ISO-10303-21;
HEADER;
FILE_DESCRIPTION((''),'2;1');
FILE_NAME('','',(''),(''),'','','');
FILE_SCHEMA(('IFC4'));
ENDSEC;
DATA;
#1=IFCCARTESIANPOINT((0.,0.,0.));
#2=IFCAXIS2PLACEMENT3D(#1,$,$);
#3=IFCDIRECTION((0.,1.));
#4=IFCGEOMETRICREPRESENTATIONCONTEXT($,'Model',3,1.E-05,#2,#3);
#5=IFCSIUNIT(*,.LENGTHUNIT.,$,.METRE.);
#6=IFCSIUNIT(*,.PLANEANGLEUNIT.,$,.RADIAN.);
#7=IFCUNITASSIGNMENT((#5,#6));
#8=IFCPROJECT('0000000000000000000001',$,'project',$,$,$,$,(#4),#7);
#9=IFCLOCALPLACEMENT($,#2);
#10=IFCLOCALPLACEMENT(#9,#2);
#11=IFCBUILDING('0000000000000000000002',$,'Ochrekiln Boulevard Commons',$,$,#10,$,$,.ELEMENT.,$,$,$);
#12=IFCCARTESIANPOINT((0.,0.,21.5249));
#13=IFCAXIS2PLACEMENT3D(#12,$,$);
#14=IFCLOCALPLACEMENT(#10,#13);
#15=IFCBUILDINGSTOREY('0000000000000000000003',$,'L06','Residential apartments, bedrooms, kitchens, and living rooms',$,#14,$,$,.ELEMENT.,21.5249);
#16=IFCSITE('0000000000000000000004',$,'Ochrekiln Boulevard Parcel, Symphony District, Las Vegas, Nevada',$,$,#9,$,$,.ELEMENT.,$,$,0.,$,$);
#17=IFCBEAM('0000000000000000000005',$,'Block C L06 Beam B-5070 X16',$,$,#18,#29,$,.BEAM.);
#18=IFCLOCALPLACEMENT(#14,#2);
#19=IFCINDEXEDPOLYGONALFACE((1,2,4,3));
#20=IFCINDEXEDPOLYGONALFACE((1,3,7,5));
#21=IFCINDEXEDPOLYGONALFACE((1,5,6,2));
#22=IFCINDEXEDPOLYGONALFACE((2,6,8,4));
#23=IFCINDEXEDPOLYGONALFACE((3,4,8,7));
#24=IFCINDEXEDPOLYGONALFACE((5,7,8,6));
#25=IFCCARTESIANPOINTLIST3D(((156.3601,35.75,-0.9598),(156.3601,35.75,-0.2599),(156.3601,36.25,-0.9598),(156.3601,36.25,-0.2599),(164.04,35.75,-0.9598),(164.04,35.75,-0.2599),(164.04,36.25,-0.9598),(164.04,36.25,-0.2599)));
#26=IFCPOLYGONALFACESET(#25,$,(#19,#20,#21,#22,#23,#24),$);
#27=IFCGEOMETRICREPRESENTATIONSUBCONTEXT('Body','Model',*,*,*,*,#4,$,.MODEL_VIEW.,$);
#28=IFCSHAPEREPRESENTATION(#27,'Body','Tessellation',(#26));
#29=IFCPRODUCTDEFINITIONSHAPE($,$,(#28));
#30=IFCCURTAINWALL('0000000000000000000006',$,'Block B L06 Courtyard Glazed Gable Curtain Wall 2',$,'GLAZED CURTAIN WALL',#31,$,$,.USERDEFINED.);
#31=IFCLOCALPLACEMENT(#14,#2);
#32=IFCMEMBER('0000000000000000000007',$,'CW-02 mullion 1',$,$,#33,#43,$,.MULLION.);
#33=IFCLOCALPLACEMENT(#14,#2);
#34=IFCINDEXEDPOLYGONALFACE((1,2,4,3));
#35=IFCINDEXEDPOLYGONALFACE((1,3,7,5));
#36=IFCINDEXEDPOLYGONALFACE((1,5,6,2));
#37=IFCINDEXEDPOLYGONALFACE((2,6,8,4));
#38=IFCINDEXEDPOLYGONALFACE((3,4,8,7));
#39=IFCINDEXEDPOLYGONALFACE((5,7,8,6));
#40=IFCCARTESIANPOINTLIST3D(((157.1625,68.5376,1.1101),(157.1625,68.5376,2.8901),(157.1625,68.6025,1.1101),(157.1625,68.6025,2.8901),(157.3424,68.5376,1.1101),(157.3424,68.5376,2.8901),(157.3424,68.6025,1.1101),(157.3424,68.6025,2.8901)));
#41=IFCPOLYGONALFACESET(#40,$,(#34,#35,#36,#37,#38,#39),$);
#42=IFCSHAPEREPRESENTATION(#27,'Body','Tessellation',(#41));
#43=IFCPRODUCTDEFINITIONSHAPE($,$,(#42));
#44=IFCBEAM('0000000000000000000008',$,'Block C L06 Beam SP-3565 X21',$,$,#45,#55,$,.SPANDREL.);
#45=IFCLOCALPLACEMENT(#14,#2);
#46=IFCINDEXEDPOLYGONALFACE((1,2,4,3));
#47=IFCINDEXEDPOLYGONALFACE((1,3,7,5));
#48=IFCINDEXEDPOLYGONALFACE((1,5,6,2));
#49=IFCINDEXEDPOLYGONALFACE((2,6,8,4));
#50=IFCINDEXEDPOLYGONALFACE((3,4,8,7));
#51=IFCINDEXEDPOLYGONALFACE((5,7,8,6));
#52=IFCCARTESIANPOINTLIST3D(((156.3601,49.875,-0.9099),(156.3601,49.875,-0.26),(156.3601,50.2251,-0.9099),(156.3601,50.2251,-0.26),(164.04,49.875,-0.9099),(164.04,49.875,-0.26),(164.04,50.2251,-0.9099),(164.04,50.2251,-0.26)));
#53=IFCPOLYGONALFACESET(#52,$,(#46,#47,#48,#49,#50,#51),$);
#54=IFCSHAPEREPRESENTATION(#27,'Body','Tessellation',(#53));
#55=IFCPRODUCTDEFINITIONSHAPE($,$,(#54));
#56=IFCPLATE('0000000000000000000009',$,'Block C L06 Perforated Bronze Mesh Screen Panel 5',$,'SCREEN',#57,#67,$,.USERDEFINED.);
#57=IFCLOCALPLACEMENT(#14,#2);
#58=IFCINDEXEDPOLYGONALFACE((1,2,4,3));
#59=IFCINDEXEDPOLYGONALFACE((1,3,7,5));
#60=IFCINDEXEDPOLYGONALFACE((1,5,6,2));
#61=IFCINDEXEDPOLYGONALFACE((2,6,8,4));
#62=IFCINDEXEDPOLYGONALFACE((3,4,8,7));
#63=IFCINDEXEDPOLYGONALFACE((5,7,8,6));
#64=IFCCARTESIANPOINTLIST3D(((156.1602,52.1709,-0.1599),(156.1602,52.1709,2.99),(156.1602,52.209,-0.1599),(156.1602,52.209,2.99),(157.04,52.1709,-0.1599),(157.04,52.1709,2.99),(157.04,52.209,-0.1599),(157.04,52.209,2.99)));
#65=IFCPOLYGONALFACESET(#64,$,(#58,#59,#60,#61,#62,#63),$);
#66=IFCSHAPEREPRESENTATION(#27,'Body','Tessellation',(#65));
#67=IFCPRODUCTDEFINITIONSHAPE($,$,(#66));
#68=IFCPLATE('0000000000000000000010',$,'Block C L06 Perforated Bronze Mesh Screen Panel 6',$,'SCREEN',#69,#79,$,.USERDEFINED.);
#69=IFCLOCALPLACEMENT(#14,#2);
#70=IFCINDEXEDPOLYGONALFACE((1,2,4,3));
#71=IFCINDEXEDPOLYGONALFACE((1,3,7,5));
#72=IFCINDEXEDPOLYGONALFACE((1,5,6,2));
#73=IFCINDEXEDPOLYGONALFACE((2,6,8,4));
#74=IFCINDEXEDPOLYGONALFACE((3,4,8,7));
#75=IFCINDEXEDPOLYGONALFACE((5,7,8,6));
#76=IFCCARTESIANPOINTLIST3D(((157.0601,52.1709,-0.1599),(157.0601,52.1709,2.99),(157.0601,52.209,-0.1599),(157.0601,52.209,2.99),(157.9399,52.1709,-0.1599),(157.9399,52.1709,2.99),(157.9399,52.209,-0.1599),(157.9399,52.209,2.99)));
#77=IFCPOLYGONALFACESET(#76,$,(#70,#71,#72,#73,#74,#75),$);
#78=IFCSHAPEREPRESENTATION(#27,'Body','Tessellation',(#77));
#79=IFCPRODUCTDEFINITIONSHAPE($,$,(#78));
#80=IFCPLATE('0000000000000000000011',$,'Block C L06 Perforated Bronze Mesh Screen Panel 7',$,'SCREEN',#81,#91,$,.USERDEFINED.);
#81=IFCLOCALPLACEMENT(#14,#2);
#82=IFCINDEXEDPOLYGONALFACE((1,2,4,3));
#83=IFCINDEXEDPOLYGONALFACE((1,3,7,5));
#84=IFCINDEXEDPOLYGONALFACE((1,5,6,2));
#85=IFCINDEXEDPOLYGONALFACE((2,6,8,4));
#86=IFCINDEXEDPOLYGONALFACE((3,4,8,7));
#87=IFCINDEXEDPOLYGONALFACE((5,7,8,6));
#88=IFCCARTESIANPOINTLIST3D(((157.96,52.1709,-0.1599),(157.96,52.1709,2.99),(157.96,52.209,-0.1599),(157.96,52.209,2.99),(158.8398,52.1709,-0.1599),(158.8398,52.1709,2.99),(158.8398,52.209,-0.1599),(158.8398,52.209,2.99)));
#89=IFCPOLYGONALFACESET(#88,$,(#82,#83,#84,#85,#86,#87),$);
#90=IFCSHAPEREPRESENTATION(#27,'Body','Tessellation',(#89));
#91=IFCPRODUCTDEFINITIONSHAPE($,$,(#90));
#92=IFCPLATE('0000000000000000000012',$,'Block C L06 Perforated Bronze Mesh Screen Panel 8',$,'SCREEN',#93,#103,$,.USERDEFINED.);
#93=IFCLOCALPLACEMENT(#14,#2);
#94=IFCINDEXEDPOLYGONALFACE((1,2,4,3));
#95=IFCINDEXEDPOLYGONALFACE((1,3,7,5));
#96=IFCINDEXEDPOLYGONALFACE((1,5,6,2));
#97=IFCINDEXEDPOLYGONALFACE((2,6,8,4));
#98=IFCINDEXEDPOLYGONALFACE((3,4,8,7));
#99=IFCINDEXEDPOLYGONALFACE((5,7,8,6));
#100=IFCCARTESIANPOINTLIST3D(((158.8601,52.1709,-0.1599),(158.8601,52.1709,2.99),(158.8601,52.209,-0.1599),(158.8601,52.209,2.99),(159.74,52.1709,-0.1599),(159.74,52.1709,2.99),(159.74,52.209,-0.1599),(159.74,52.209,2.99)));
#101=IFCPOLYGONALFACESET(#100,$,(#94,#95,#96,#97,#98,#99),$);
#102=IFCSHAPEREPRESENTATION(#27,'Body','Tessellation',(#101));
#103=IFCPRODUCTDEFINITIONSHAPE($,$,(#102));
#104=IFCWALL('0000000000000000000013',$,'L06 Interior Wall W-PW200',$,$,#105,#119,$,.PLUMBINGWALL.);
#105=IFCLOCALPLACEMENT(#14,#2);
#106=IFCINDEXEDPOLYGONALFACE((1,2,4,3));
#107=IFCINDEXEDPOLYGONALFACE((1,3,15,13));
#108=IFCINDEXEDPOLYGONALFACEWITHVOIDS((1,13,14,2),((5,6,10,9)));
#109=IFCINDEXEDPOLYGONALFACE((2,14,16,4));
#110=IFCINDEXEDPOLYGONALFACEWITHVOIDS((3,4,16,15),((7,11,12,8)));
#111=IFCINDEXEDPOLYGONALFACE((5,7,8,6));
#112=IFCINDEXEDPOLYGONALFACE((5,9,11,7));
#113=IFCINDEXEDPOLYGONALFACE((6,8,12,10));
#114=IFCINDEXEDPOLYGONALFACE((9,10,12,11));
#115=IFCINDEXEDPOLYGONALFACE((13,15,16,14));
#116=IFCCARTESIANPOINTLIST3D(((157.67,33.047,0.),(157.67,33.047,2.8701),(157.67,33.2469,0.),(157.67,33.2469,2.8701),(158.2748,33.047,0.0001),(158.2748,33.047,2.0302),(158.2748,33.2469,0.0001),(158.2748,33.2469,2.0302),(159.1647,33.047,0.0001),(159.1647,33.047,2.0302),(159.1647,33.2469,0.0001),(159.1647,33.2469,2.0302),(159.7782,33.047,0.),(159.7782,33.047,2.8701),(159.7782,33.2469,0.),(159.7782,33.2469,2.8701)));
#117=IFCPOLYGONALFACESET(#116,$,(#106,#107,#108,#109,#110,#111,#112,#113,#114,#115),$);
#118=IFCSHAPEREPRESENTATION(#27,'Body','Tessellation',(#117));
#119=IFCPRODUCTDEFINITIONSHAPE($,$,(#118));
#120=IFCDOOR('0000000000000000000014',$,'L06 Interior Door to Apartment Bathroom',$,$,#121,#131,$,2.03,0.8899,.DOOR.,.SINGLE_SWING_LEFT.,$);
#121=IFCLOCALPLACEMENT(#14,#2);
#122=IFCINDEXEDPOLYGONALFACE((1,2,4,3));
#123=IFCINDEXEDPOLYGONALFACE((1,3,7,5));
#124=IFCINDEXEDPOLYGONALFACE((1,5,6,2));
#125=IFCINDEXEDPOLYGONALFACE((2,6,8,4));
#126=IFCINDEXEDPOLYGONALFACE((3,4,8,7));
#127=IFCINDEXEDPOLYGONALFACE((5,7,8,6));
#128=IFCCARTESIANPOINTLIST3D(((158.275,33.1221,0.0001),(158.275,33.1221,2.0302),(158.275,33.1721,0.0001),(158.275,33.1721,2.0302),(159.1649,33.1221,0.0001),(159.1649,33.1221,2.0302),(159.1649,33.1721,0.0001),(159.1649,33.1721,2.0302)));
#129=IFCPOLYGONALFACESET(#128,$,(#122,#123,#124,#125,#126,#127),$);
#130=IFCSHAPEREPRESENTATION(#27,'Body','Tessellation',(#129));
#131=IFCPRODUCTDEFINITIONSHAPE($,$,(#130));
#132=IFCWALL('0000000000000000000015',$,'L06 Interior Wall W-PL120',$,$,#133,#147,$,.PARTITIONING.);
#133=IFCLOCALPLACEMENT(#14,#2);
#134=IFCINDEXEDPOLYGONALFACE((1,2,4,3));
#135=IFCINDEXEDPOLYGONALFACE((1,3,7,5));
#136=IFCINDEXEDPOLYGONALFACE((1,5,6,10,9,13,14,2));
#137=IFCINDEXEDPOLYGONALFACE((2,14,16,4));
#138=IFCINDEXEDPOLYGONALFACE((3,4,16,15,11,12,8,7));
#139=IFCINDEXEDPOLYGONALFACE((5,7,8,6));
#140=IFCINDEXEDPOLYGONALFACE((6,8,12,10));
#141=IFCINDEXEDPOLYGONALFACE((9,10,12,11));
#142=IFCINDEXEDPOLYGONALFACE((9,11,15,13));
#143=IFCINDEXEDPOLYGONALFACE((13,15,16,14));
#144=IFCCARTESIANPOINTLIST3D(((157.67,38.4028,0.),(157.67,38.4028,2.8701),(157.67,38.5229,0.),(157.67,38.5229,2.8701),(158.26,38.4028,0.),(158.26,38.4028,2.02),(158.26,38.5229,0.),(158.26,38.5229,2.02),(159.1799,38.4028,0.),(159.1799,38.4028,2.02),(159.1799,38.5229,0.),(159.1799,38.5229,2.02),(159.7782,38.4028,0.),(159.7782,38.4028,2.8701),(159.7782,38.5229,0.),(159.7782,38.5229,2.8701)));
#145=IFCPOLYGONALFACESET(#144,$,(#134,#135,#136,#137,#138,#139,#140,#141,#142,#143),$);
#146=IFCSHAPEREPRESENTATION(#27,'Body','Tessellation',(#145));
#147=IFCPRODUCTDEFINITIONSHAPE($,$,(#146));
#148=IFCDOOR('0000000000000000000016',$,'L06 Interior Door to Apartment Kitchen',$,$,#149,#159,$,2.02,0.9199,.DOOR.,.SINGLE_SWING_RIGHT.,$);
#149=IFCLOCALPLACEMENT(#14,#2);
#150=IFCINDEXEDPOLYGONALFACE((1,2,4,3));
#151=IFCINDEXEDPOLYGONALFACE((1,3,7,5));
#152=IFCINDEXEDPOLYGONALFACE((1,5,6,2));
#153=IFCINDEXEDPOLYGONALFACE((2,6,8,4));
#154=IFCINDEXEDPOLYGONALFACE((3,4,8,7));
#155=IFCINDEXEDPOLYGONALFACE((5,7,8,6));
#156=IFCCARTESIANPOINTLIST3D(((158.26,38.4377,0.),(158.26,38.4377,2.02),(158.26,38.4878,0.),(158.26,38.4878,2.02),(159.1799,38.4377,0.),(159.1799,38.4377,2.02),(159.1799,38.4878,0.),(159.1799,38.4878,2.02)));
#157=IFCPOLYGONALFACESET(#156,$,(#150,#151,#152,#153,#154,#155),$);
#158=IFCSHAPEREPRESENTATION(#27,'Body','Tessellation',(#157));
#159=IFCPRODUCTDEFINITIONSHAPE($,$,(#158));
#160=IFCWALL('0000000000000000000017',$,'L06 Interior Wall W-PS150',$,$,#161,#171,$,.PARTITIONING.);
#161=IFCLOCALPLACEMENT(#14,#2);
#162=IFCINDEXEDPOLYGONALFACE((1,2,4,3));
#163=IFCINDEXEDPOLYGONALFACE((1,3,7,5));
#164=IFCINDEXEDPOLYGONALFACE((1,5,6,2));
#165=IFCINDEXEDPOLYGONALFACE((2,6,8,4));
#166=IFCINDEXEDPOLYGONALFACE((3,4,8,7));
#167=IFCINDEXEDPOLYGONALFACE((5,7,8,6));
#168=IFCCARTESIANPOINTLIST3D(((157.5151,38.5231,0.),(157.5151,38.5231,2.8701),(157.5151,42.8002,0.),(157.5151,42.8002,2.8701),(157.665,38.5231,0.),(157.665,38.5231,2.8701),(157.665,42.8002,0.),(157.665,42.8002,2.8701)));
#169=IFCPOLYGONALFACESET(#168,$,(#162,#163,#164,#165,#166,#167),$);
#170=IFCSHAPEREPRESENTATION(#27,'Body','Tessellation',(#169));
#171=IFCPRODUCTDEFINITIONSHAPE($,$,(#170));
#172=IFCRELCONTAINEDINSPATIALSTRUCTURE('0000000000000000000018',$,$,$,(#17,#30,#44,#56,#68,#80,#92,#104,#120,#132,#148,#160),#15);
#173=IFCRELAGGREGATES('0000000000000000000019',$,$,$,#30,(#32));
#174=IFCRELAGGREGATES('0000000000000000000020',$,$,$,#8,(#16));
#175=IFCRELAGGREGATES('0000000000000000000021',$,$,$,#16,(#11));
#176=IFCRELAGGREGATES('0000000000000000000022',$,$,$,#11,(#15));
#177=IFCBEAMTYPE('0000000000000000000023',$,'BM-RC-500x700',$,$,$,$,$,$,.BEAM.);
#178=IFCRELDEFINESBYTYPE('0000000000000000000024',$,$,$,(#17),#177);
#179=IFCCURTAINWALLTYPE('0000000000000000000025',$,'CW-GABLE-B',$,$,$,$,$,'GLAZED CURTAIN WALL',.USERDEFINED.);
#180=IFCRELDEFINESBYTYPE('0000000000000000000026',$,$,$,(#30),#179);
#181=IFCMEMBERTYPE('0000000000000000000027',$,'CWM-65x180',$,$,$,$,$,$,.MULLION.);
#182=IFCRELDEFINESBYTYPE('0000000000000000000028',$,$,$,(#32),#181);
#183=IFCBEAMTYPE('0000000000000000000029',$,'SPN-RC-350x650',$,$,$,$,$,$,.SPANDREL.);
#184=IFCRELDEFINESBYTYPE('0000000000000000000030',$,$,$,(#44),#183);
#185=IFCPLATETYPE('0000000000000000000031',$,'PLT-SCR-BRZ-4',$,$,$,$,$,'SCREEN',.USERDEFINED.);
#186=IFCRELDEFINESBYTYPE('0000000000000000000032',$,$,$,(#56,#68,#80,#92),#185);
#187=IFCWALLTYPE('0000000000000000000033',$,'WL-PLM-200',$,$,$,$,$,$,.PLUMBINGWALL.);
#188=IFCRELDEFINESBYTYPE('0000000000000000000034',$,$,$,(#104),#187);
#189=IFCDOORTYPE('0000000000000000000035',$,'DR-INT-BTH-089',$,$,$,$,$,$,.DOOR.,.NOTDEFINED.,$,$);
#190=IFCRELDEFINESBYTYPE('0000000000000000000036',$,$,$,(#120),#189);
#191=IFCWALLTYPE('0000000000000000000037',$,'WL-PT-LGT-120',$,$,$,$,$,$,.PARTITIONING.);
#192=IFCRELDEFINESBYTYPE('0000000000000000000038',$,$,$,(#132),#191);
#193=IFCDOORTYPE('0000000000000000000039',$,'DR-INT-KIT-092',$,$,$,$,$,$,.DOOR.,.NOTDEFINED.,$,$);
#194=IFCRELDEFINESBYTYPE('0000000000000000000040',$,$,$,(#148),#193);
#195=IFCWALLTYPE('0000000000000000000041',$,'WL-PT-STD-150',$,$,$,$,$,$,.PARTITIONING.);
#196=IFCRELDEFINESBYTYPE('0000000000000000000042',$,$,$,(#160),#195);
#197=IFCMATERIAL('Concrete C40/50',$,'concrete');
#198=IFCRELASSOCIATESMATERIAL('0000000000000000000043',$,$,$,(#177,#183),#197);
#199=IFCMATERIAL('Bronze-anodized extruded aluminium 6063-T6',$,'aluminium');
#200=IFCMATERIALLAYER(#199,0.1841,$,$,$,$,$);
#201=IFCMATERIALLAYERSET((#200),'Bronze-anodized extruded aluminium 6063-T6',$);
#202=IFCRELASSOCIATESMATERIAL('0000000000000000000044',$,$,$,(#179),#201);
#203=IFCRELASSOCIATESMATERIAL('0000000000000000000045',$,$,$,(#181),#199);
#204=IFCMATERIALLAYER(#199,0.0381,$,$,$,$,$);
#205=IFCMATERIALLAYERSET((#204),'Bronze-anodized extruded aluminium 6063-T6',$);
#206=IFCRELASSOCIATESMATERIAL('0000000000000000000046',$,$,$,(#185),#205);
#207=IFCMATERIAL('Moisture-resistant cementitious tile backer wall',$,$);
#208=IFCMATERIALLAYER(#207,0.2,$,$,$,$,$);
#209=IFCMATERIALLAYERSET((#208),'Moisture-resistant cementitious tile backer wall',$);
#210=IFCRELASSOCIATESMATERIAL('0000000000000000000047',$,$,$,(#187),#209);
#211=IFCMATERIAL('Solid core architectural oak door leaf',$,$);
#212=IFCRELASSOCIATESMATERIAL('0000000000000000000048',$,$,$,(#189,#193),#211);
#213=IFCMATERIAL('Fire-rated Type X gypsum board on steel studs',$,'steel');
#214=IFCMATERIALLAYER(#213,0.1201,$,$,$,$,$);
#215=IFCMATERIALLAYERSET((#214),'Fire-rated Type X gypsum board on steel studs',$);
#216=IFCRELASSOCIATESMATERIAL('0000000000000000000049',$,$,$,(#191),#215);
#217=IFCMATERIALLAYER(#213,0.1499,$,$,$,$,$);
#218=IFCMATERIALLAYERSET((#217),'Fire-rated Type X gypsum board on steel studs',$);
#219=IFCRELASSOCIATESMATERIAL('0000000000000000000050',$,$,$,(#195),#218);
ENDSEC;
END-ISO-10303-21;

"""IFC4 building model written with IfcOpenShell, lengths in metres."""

from ifc_helpers import new_model, si_unit, direction, frame, frame_2d, origin, origin_2d, place, context, subcontext, project, spatial, rectangle, extrude, material, layer, layer_set, material_profile, profile_set, type_object, element, fill, aggregate, save


model = new_model("IFC4")

# Units and contexts
model_context = context("Model", 3, precision=1e-05, world=origin(), true_north=direction((0.0, 1.0)))
body_context = subcontext(model_context, "Body", "Model", "MODEL_VIEW")
ifc_project = project(units=[si_unit("LENGTHUNIT", "METRE"), si_unit("PLANEANGLEUNIT", "RADIAN")], contexts=[model_context])

# Site, building, storey
site_placement = place(None, origin())
site = spatial("IfcSite", under=ifc_project, at=site_placement, Name="Ochrekiln Boulevard Parcel, Symphony District, Las Vegas, Nevada", CompositionType="ELEMENT", RefElevation=0.0)
building_placement = place(site_placement, origin())
building = spatial("IfcBuilding", under=site, at=building_placement, Name="Ochrekiln Boulevard Commons", CompositionType="ELEMENT")
storey_placement = place(building_placement, frame((0.0, 0.0, 21.5249)))
storey = spatial("IfcBuildingStorey", under=building, at=storey_placement, Name="L06", Description="Residential apartments, bedrooms, kitchens, and living rooms", CompositionType="ELEMENT", Elevation=21.5249)

# Beam
ifc_material_1 = material(Name="Concrete C40/50", Category="concrete")
ifc_material_profile_1 = material_profile(ifc_material_1, rectangle(XDim=0.5, YDim=0.7, at=origin_2d()), Name="RC-BM-500x700")
ifc_profile_set_1 = profile_set([ifc_material_profile_1], Name="Concrete C40/50")
beam_type_1 = type_object("IfcBeamType", Name="BM-RC-500x700", PredefinedType="BEAM", material=ifc_profile_set_1)
beam_1_placement = place(storey_placement, frame((156.3601, 36.0, -0.6099), z_axis=(1.0, 0.0, 0.0), x_axis=(0.0, 1.0, 0.0)))
element("IfcBeam", 1, at=beam_1_placement, inside=storey, type_object=beam_type_1, Name="Block C L06 Beam B-5070 X16", PredefinedType="BEAM", context=body_context, shape_type="SweptSolid", body=[
    extrude(rectangle(XDim=0.5, YDim=0.7, at=origin_2d()), origin(), (0.0, 0.0, 1.0), 7.6799),
])

# Curtain wall, member
ifc_material_2 = material(Name="Bronze-anodized extruded aluminium 6063-T6", Category="aluminium")
ifc_layer_1 = layer(ifc_material_2, 0.1841)
ifc_layer_set_1 = layer_set([ifc_layer_1], Name="Bronze-anodized extruded aluminium 6063-T6")
curtain_wall_type = type_object("IfcCurtainWallType", Name="CW-GABLE-B", ElementType="GLAZED CURTAIN WALL", PredefinedType="USERDEFINED", material=ifc_layer_set_1)
curtain_wall_placement = place(storey_placement, origin())
curtain_wall = element("IfcCurtainWall", 2, at=curtain_wall_placement, inside=storey, type_object=curtain_wall_type, Name="Block B L06 Courtyard Glazed Gable Curtain Wall 2", ObjectType="GLAZED CURTAIN WALL", PredefinedType="USERDEFINED")
ifc_material_profile_2 = material_profile(ifc_material_2, rectangle(XDim=0.0649, YDim=0.1799, at=origin_2d()), Name="ALU-MUL-65x180")
ifc_profile_set_2 = profile_set([ifc_material_profile_2], Name="Bronze-anodized extruded aluminium 6063-T6")
member_type = type_object("IfcMemberType", Name="CWM-65x180", PredefinedType="MULLION", material=ifc_profile_set_2)
member_placement = place(storey_placement, frame((157.2524, 68.5701, 1.1101), z_axis=(0.0, 0.0, 1.0), x_axis=(0.0, 1.0, 0.0)))
member = element("IfcMember", 3, at=member_placement, type_object=member_type, Name="CW-02 mullion 1", PredefinedType="MULLION", context=body_context, shape_type="SweptSolid", body=[
    extrude(rectangle(XDim=0.0649, YDim=0.1799, at=origin_2d()), origin(), (0.0, 0.0, 1.0), 1.78),
])
aggregate(curtain_wall, [member])

# Beam
ifc_material_profile_3 = material_profile(ifc_material_1, rectangle(XDim=0.3501, YDim=0.6499, at=origin_2d()), Name="RC-SPN-350x650")
ifc_profile_set_3 = profile_set([ifc_material_profile_3], Name="Concrete C40/50")
beam_type_2 = type_object("IfcBeamType", Name="SPN-RC-350x650", PredefinedType="SPANDREL", material=ifc_profile_set_3)
beam_2_placement = place(storey_placement, frame((156.3601, 50.05, -0.585), z_axis=(1.0, 0.0, 0.0), x_axis=(0.0, 1.0, 0.0)))
element("IfcBeam", 4, at=beam_2_placement, inside=storey, type_object=beam_type_2, Name="Block C L06 Beam SP-3565 X21", PredefinedType="SPANDREL", context=body_context, shape_type="SweptSolid", body=[
    extrude(rectangle(XDim=0.3501, YDim=0.6499, at=origin_2d()), origin(), (0.0, 0.0, 1.0), 7.6799),
])

# Plates
ifc_layer_2 = layer(ifc_material_2, 0.0381)
ifc_layer_set_2 = layer_set([ifc_layer_2], Name="Bronze-anodized extruded aluminium 6063-T6")
plate_type = type_object("IfcPlateType", Name="PLT-SCR-BRZ-4", ElementType="SCREEN", PredefinedType="USERDEFINED", material=ifc_layer_set_2)
for number, where, z_axis, x_axis, name in (
    (5, (156.6001, 52.1899, -0.1599), (0.0, 0.0, 1.0), (1.0, 0.0, 0.0), "Block C L06 Perforated Bronze Mesh Screen Panel 5"),
    (6, (157.5, 52.1899, -0.1599), (0.0, 0.0, 1.0), (1.0, 0.0, 0.0), "Block C L06 Perforated Bronze Mesh Screen Panel 6"),
    (7, (158.3999, 52.1899, -0.1599), (0.0, 0.0, 1.0), (1.0, 0.0, 0.0), "Block C L06 Perforated Bronze Mesh Screen Panel 7"),
    (8, (159.3, 52.1899, -0.1599), (0.0, 0.0, 1.0), (1.0, 0.0, 0.0), "Block C L06 Perforated Bronze Mesh Screen Panel 8"),
):
    element("IfcPlate", number, at=place(storey_placement, frame(where, z_axis=z_axis, x_axis=x_axis)), inside=storey, type_object=plate_type, Name=name, ObjectType="SCREEN", PredefinedType="USERDEFINED", context=body_context, shape_type="SweptSolid", body=[
        extrude(rectangle(XDim=0.8799, YDim=0.0381, at=origin_2d()), origin(), (0.0, 0.0, 1.0), 3.1499),
    ])

# Walls, openings, doors
ifc_material_3 = material(Name="Moisture-resistant cementitious tile backer wall")
ifc_layer_3 = layer(ifc_material_3, 0.2)
ifc_layer_set_3 = layer_set([ifc_layer_3], Name="Moisture-resistant cementitious tile backer wall")
wall_type_1 = type_object("IfcWallType", Name="WL-PLM-200", PredefinedType="PLUMBINGWALL", material=ifc_layer_set_3)
wall_1_placement = place(storey_placement, frame((157.6699, 33.147, 0.0), z_axis=(0.0, 0.0, 1.0), x_axis=(1.0, 0.0, 0.0)))
wall_1 = element("IfcWall", 9, at=wall_1_placement, inside=storey, type_object=wall_type_1, Name="L06 Interior Wall W-PW200", PredefinedType="PLUMBINGWALL", context=body_context, shape_type="SweptSolid", body=[
    extrude(rectangle(XDim=2.1082, YDim=0.2, at=frame_2d((1.0542, 0.0))), origin(), (0.0, 0.0, 1.0), 2.8701),
])
opening_1_placement = place(wall_1_placement, frame((0.605, 0.0, 0.0)))
opening_1 = element("IfcOpeningElement", 10, at=opening_1_placement, cuts=wall_1, PredefinedType="OPENING", context=body_context, shape_type="SweptSolid", body=[
    extrude(rectangle(XDim=0.8899, YDim=2.03, at=frame_2d((0.4448, 1.0151))), frame((0.0, 0.1099, 0.0), z_axis=(0.0, -1.0, 0.0), x_axis=(1.0, 0.0, 0.0)), (0.0, 0.0, 1.0), 0.22),
])
ifc_material_4 = material(Name="Solid core architectural oak door leaf")
door_type_1 = type_object("IfcDoorType", Name="DR-INT-BTH-089", OperationType="NOTDEFINED", PredefinedType="DOOR", material=ifc_material_4)
door_1_placement = place(opening_1_placement, frame((0.8899, 0.0, 0.0), z_axis=(0.0, 0.0, 1.0), x_axis=(-1.0, 0.0, 0.0)))
door_1 = element("IfcDoor", 11, at=door_1_placement, inside=storey, type_object=door_type_1, Name="L06 Interior Door to Apartment Bathroom", OperationType="SINGLE_SWING_LEFT", OverallHeight=2.03, OverallWidth=0.8899, PredefinedType="DOOR", context=body_context, shape_type="SweptSolid", body=[
    extrude(rectangle(XDim=0.8899, YDim=2.03, at=frame_2d((0.4448, 1.0151))), frame((0.0, 0.0249, 0.0), z_axis=(0.0, -1.0, 0.0), x_axis=(1.0, 0.0, 0.0)), (0.0, 0.0, 1.0), 0.05),
])
fill(opening_1, door_1)
ifc_material_5 = material(Name="Fire-rated Type X gypsum board on steel studs", Category="steel")
ifc_layer_4 = layer(ifc_material_5, 0.1201)
ifc_layer_set_4 = layer_set([ifc_layer_4], Name="Fire-rated Type X gypsum board on steel studs")
wall_type_2 = type_object("IfcWallType", Name="WL-PT-LGT-120", PredefinedType="PARTITIONING", material=ifc_layer_set_4)
wall_2_placement = place(storey_placement, frame((157.6699, 38.4629, 0.0), z_axis=(0.0, 0.0, 1.0), x_axis=(1.0, 0.0, 0.0)))
wall_2 = element("IfcWall", 12, at=wall_2_placement, inside=storey, type_object=wall_type_2, Name="L06 Interior Wall W-PL120", PredefinedType="PARTITIONING", context=body_context, shape_type="SweptSolid", body=[
    extrude(rectangle(XDim=2.1082, YDim=0.1201, at=frame_2d((1.0542, 0.0))), origin(), (0.0, 0.0, 1.0), 2.8701),
])
opening_2_placement = place(wall_2_placement, frame((0.5901, 0.0, 0.0)))
opening_2 = element("IfcOpeningElement", 13, at=opening_2_placement, cuts=wall_2, PredefinedType="OPENING", context=body_context, shape_type="SweptSolid", body=[
    extrude(rectangle(XDim=0.9199, YDim=2.02, at=frame_2d((0.46, 1.01))), frame((0.0, 0.0701, 0.0), z_axis=(0.0, -1.0, 0.0), x_axis=(1.0, 0.0, 0.0)), (0.0, 0.0, 1.0), 0.1401),
])
door_type_2 = type_object("IfcDoorType", Name="DR-INT-KIT-092", OperationType="NOTDEFINED", PredefinedType="DOOR", material=ifc_material_4)
door_2_placement = place(opening_2_placement, origin())
door_2 = element("IfcDoor", 14, at=door_2_placement, inside=storey, type_object=door_type_2, Name="L06 Interior Door to Apartment Kitchen", OperationType="SINGLE_SWING_RIGHT", OverallHeight=2.02, OverallWidth=0.9199, PredefinedType="DOOR", context=body_context, shape_type="SweptSolid", body=[
    extrude(rectangle(XDim=0.9199, YDim=2.02, at=frame_2d((0.46, 1.01))), frame((0.0, 0.0249, 0.0), z_axis=(0.0, -1.0, 0.0), x_axis=(1.0, 0.0, 0.0)), (0.0, 0.0, 1.0), 0.05),
])
fill(opening_2, door_2)

# Wall
ifc_layer_5 = layer(ifc_material_5, 0.1499)
ifc_layer_set_5 = layer_set([ifc_layer_5], Name="Fire-rated Type X gypsum board on steel studs")
wall_type_3 = type_object("IfcWallType", Name="WL-PT-STD-150", PredefinedType="PARTITIONING", material=ifc_layer_set_5)
wall_3_placement = place(storey_placement, frame((157.5901, 38.5229, 0.0), z_axis=(0.0, 0.0, 1.0), x_axis=(0.0, 1.0, 0.0)))
element("IfcWall", 15, at=wall_3_placement, inside=storey, type_object=wall_type_3, Name="L06 Interior Wall W-PS150", PredefinedType="PARTITIONING", context=body_context, shape_type="SweptSolid", body=[
    extrude(rectangle(XDim=4.2771, YDim=0.1499, at=frame_2d((2.1387, 0.0))), origin(), (0.0, 0.0, 1.0), 2.8701),
])

save(model, "model.ifc")
